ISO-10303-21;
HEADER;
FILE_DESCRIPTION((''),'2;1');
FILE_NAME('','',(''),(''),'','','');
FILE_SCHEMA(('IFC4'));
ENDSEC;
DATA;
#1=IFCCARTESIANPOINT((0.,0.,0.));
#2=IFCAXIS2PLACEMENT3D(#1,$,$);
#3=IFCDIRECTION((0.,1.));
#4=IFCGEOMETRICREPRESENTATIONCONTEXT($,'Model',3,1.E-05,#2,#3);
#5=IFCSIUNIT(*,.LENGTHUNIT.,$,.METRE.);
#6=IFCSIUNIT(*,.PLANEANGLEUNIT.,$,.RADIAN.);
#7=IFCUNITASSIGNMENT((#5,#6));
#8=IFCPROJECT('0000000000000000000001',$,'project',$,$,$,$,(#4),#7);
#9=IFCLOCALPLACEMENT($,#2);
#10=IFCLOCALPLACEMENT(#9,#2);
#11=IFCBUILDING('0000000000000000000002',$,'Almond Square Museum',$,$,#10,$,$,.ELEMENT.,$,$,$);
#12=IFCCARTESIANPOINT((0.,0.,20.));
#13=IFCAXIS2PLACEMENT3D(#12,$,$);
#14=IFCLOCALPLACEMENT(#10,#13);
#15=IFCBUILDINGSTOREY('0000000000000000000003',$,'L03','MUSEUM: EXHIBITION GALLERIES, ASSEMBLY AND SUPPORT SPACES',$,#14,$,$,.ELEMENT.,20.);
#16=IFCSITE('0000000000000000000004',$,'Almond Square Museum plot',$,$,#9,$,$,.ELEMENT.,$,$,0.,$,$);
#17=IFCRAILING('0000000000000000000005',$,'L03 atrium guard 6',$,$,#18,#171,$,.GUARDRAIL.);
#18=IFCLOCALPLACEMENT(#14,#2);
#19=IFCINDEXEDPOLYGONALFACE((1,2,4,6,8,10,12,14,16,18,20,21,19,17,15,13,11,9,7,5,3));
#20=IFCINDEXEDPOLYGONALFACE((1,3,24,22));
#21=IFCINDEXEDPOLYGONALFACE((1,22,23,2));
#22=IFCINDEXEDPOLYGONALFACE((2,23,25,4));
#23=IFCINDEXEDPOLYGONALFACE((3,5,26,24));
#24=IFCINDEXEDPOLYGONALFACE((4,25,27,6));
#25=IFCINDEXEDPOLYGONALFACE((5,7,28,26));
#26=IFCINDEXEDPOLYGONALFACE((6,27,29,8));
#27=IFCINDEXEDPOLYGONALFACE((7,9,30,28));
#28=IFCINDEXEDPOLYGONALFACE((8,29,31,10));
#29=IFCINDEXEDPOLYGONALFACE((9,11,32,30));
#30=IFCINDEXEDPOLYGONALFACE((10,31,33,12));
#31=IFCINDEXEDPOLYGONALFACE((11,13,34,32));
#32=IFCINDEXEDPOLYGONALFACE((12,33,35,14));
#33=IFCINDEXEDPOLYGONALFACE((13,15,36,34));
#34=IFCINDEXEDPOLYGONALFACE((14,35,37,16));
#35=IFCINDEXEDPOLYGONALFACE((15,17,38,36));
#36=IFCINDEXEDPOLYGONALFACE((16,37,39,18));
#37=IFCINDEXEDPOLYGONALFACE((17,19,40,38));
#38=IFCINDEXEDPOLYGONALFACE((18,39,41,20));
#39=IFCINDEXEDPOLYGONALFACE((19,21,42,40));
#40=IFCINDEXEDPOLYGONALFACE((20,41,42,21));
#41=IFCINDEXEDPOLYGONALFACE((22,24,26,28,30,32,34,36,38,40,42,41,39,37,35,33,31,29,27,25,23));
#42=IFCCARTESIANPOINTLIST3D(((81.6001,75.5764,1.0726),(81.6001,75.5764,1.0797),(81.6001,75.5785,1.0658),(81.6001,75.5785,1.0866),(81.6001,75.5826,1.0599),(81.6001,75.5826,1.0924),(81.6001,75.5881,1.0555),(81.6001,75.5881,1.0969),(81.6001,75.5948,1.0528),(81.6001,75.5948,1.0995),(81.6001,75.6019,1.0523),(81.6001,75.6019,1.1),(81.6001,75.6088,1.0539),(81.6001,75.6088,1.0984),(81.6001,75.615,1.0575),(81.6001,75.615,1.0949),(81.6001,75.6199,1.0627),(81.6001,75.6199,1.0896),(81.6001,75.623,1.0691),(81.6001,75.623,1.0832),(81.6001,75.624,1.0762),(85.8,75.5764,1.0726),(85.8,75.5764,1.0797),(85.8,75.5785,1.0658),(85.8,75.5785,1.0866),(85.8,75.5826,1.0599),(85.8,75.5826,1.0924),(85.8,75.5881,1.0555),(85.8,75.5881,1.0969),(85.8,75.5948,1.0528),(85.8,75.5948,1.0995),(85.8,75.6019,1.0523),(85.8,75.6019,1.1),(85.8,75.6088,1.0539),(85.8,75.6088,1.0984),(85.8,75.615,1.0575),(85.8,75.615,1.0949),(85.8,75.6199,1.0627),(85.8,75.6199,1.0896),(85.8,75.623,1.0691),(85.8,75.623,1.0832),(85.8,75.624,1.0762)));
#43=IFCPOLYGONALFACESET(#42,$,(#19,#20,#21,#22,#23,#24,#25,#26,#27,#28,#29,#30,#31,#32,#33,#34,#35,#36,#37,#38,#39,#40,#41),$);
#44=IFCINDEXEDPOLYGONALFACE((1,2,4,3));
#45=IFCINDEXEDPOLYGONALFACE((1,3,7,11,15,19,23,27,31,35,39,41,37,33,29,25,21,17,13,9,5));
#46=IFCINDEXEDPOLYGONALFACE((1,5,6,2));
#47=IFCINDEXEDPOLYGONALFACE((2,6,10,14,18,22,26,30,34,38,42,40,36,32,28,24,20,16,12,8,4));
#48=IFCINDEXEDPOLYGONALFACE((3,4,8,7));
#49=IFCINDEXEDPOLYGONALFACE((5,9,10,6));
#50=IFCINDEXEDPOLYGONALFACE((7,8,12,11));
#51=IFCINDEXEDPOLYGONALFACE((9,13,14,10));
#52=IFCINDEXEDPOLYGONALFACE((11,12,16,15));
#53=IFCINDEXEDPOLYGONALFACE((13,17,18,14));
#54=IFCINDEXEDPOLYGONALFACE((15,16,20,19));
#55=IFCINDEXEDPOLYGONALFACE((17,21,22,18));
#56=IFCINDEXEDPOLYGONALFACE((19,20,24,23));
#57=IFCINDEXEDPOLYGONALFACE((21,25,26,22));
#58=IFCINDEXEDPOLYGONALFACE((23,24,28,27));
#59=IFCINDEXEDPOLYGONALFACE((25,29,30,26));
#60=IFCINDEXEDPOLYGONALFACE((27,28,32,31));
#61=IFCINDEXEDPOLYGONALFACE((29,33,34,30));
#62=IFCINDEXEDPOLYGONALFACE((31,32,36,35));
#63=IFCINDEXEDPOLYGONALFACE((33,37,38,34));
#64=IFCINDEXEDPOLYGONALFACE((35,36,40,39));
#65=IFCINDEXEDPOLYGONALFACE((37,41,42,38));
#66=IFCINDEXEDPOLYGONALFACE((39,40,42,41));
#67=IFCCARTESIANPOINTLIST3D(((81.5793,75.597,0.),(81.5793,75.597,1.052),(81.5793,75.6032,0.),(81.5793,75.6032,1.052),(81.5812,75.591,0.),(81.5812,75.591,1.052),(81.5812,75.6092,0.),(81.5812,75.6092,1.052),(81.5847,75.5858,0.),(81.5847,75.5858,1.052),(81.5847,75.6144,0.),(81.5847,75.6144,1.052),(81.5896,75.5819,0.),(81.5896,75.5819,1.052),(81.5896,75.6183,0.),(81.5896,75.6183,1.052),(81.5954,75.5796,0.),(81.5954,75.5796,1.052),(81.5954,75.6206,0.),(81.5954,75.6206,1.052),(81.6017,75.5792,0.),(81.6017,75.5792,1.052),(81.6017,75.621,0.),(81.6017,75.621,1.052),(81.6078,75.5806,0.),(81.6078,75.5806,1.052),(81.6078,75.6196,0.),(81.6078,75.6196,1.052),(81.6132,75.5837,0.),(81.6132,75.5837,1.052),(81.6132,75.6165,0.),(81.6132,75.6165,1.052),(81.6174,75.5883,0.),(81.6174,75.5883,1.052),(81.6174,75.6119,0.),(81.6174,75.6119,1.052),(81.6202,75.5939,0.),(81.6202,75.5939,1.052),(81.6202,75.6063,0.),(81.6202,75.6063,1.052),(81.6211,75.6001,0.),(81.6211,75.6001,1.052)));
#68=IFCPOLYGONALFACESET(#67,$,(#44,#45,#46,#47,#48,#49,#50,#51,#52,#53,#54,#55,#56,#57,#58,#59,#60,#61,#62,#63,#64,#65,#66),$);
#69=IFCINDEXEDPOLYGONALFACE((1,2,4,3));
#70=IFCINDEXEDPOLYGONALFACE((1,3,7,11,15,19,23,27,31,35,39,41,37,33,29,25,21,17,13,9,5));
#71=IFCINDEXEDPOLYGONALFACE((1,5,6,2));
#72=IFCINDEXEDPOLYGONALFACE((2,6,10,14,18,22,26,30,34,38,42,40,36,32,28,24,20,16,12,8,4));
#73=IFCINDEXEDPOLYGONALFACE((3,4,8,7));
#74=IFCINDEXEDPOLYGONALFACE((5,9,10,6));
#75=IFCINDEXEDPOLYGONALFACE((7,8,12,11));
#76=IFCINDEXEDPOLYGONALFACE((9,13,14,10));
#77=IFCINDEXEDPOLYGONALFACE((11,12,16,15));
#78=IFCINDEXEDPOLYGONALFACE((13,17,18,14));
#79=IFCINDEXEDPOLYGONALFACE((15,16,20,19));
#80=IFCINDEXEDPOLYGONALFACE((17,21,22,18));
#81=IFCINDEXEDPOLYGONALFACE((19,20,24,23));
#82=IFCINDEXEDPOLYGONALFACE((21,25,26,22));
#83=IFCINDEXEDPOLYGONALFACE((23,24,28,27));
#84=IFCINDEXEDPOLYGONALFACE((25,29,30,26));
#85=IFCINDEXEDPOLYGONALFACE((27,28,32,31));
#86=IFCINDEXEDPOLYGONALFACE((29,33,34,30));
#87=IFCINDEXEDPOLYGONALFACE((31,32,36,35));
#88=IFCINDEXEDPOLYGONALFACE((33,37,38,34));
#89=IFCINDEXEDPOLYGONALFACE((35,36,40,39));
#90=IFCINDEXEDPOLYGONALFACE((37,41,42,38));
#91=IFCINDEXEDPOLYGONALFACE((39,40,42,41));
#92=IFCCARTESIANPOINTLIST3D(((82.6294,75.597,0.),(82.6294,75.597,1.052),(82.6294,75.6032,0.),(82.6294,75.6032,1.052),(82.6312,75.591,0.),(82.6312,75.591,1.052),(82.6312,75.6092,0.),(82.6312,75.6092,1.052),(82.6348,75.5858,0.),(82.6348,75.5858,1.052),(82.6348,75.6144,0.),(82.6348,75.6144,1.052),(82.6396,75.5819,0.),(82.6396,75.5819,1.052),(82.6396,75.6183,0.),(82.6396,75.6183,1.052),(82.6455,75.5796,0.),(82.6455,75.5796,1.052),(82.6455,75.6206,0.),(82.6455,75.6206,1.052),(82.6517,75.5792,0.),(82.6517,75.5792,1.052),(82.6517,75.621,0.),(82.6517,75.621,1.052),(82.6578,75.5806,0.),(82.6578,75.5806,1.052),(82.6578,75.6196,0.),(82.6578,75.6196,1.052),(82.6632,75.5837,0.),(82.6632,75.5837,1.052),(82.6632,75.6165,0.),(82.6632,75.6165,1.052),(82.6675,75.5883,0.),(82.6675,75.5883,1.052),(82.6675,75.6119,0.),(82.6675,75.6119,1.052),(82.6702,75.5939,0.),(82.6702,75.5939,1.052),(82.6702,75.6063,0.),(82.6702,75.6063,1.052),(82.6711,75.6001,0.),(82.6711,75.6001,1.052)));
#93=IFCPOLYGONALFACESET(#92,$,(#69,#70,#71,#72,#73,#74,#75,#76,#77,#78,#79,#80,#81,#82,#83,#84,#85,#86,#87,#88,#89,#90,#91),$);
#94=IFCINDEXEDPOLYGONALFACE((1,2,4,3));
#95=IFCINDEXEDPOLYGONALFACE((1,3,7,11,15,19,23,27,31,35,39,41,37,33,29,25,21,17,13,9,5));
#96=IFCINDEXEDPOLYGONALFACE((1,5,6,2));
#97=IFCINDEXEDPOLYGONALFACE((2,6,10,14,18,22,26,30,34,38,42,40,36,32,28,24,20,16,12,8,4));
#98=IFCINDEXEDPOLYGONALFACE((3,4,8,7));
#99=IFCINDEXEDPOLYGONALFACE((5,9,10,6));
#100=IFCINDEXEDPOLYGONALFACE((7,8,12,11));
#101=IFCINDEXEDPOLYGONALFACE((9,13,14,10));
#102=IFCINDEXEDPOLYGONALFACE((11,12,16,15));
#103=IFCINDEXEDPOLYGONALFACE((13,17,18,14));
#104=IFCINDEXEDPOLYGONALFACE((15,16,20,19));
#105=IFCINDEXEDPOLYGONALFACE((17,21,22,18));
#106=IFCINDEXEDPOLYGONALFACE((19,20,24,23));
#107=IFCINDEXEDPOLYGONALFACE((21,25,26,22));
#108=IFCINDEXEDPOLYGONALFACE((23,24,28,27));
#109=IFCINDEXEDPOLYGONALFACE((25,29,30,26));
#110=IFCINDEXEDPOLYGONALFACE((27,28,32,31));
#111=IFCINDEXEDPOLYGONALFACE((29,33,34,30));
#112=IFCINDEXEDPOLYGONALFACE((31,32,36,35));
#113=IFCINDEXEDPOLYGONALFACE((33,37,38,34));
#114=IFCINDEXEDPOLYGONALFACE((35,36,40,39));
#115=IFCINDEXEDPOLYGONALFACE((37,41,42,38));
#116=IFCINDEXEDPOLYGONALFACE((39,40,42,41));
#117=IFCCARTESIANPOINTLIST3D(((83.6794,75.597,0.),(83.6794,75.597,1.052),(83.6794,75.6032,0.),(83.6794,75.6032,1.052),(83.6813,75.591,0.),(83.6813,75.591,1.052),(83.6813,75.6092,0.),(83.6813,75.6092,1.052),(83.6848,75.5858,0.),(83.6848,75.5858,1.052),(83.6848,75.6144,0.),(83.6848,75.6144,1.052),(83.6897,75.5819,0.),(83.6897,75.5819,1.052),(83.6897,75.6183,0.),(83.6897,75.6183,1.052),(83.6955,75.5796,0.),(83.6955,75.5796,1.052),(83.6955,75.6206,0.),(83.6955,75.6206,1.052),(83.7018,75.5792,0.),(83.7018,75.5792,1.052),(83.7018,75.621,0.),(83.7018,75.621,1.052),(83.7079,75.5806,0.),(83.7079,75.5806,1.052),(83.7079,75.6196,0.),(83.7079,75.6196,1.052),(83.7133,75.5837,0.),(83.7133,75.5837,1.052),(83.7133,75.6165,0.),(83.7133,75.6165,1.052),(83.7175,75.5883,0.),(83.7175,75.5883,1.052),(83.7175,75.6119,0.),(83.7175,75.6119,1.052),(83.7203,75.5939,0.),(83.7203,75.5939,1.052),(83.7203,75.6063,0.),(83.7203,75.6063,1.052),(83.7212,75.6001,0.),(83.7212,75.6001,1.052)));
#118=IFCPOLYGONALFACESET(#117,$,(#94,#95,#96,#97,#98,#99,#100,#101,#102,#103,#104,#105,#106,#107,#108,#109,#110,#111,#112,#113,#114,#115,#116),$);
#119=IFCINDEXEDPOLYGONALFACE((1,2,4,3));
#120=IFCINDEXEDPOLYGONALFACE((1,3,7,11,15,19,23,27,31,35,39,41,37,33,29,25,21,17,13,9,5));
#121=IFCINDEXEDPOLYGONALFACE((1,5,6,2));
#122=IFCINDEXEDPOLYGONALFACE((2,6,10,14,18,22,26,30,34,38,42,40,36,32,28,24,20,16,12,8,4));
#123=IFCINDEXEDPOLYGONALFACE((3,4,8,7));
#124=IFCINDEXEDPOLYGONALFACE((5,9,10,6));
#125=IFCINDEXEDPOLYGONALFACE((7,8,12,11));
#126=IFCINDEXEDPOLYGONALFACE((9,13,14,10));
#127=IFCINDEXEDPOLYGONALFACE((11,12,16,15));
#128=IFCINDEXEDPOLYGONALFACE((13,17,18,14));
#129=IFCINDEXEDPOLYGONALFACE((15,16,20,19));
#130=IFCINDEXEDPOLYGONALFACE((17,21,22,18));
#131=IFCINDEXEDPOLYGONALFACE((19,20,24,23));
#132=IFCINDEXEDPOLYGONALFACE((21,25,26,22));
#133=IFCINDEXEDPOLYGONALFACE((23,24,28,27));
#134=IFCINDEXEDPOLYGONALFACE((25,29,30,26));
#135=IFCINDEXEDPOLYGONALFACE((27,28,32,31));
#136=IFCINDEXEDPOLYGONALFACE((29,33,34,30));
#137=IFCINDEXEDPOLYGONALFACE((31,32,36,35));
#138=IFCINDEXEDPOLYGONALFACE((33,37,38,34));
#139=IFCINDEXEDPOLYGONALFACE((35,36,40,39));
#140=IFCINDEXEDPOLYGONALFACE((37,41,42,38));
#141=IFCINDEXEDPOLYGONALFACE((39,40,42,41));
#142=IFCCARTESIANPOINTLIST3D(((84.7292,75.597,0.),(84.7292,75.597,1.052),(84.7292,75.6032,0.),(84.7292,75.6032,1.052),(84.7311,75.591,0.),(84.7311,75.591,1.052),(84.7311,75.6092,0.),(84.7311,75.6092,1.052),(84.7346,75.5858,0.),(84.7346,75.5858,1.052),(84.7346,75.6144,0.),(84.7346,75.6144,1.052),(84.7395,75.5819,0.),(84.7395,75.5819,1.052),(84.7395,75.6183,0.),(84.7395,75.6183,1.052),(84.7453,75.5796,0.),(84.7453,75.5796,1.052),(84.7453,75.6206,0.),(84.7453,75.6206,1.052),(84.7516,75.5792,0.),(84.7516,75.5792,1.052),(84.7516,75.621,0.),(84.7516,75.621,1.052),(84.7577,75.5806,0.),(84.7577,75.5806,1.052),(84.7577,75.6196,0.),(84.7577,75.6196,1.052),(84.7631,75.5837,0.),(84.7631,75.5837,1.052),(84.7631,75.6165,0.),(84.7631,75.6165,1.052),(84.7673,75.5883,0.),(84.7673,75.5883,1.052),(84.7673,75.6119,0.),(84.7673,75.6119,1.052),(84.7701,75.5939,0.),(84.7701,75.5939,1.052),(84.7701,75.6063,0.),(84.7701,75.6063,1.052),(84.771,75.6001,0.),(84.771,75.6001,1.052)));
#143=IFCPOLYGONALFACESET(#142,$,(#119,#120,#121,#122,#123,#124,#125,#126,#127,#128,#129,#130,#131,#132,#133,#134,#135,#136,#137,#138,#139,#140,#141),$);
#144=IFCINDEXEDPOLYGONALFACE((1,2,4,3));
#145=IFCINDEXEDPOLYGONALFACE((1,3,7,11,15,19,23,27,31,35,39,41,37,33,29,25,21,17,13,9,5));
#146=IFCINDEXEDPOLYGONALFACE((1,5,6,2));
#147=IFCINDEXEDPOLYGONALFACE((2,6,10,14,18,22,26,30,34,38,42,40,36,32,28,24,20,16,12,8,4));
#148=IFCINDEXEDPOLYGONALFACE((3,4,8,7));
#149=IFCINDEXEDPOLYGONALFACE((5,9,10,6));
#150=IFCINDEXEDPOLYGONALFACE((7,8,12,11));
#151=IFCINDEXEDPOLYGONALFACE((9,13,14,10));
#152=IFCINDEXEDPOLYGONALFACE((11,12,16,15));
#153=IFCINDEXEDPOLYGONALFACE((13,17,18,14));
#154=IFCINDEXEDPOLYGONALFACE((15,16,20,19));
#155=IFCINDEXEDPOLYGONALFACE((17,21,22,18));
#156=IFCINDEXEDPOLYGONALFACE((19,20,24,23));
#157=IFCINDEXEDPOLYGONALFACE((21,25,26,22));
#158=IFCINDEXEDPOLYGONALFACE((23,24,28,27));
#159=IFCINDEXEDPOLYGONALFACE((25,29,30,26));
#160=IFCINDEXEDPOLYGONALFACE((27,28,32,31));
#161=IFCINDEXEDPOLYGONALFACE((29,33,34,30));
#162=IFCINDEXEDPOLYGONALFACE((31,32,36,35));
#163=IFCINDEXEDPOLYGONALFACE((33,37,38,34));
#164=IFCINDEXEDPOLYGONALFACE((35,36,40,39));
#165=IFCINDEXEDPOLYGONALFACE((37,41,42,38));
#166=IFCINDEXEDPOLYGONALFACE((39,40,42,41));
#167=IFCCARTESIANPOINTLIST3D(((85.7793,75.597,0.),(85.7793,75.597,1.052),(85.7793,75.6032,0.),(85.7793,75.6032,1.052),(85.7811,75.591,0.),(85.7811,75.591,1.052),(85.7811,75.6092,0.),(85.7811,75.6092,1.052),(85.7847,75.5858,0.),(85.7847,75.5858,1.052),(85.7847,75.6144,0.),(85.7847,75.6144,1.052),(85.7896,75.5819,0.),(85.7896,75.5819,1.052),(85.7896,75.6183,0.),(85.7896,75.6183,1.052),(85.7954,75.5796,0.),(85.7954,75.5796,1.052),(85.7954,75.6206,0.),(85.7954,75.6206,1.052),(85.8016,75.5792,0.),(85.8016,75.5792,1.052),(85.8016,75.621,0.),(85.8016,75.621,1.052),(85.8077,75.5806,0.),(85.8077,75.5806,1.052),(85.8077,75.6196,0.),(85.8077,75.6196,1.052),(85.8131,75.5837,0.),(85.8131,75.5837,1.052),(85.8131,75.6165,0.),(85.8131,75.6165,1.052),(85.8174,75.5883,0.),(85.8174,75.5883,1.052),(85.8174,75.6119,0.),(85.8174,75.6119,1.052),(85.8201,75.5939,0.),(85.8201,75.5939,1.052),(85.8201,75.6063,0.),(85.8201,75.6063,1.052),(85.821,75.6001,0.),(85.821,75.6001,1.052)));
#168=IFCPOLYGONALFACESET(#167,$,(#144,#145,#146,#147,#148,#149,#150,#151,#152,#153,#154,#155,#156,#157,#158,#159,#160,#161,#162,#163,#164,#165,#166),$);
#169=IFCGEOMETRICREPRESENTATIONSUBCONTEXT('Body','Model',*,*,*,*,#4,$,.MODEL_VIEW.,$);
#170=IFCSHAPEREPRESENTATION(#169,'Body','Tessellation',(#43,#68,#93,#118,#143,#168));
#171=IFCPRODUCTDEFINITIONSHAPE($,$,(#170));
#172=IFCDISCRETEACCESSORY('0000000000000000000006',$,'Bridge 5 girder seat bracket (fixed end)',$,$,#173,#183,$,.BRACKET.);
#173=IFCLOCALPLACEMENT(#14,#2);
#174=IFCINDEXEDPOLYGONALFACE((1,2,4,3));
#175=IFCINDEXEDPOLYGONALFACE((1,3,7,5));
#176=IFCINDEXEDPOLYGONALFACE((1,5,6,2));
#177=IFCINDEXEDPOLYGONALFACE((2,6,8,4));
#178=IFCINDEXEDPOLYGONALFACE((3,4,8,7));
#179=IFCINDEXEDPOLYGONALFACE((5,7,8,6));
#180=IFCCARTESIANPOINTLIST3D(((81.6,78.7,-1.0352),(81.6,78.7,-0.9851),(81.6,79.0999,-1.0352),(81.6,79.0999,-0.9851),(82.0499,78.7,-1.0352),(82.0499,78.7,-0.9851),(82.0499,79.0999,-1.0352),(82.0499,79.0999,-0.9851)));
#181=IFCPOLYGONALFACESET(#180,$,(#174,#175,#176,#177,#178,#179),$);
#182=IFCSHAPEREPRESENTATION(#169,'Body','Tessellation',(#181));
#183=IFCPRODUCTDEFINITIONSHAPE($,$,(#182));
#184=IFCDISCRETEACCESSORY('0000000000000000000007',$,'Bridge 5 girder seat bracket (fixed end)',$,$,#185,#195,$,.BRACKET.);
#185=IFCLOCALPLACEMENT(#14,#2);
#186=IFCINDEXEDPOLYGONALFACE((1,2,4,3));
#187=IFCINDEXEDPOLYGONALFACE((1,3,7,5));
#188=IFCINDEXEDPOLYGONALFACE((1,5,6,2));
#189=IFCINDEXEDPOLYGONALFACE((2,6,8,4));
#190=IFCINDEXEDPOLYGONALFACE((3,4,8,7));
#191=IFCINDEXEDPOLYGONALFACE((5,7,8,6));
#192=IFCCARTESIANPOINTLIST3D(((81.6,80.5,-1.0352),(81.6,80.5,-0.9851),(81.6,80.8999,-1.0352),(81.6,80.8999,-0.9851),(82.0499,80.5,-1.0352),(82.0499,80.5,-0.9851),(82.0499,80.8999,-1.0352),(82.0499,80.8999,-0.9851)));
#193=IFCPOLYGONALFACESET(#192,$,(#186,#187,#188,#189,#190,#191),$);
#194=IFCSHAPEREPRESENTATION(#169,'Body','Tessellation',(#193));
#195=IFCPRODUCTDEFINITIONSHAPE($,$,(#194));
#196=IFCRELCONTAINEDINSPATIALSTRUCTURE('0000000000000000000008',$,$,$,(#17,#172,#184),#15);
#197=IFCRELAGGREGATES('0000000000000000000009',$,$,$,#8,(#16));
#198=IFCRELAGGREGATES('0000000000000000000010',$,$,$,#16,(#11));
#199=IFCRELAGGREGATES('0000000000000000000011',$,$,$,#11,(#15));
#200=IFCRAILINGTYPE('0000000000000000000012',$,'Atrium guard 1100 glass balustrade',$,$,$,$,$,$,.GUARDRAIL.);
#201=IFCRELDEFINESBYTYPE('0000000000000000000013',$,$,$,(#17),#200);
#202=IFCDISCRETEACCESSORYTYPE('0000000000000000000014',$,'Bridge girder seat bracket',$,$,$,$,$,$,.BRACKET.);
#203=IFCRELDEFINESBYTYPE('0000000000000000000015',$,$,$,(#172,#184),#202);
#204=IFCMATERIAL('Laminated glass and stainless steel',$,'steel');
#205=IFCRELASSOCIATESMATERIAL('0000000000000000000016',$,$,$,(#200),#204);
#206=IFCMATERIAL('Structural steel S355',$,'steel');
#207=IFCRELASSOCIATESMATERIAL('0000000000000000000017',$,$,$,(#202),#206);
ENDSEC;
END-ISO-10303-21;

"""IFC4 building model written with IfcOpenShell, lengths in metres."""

from ifc_helpers import new_model, si_unit, direction, frame, origin, origin_2d, place, context, subcontext, project, spatial, rectangle, circle, extrude, material, type_object, element, save


model = new_model("IFC4")

# Units and contexts
model_context = context("Model", 3, precision=1e-05, world=origin(), true_north=direction((0.0, 1.0)))
body_context = subcontext(model_context, "Body", "Model", "MODEL_VIEW")
ifc_project = project(units=[si_unit("LENGTHUNIT", "METRE"), si_unit("PLANEANGLEUNIT", "RADIAN")], contexts=[model_context])

# Site, building, storey
site_placement = place(None, origin())
site = spatial("IfcSite", under=ifc_project, at=site_placement, Name="Almond Square Museum plot", CompositionType="ELEMENT", RefElevation=0.0)
building_placement = place(site_placement, origin())
building = spatial("IfcBuilding", under=site, at=building_placement, Name="Almond Square Museum", CompositionType="ELEMENT")
storey_placement = place(building_placement, frame((0.0, 0.0, 20.0)))
storey = spatial("IfcBuildingStorey", under=building, at=storey_placement, Name="L03", Description="MUSEUM: EXHIBITION GALLERIES, ASSEMBLY AND SUPPORT SPACES", CompositionType="ELEMENT", Elevation=20.0)

# Railing
ifc_material_1 = material(Name="Laminated glass and stainless steel", Category="steel")
railing_type_1 = type_object("IfcRailingType", Name="Atrium guard 1100 glass balustrade", PredefinedType="GUARDRAIL", material=ifc_material_1)
railing_1_placement = place(storey_placement, frame((81.6001, 75.6001, 0.0)))
element("IfcRailing", 1, at=railing_1_placement, inside=storey, type_object=railing_type_1, Name="L03 atrium guard 6", PredefinedType="GUARDRAIL", context=body_context, shape_type="SweptSolid", body=[
    extrude(circle(Radius=0.0239, at=origin_2d()), frame((0.0, 0.0, 1.0762), z_axis=(1.0, 0.0, 0.0), x_axis=(0.0, 1.0, 0.0)), (0.0, 0.0, 1.0), 4.2),
    extrude(circle(Radius=0.021, at=origin_2d()), origin(), (0.0, 0.0, 1.0), 1.052),
    extrude(circle(Radius=0.021, at=origin_2d()), frame((1.05, 0.0, 0.0)), (0.0, 0.0, 1.0), 1.052),
    extrude(circle(Radius=0.021, at=origin_2d()), frame((2.1001, 0.0, 0.0)), (0.0, 0.0, 1.0), 1.052),
    extrude(circle(Radius=0.021, at=origin_2d()), frame((3.1499, 0.0, 0.0)), (0.0, 0.0, 1.0), 1.052),
    extrude(circle(Radius=0.021, at=origin_2d()), frame((4.2, 0.0, 0.0)), (0.0, 0.0, 1.0), 1.052),
])

# Discrete accessories
ifc_material_2 = material(Name="Structural steel S355", Category="steel")
discrete_accessory_type = type_object("IfcDiscreteAccessoryType", Name="Bridge girder seat bracket", PredefinedType="BRACKET", material=ifc_material_2)
for number, where, z_axis, x_axis, name in (
    (2, (81.825, 78.8999, -1.0352), (0.0, 0.0, 1.0), (1.0, 0.0, 0.0), "Bridge 5 girder seat bracket (fixed end)"),
    (3, (81.825, 80.7, -1.0352), (0.0, 0.0, 1.0), (1.0, 0.0, 0.0), "Bridge 5 girder seat bracket (fixed end)"),
):
    element("IfcDiscreteAccessory", number, at=place(storey_placement, frame(where, z_axis=z_axis, x_axis=x_axis)), inside=storey, type_object=discrete_accessory_type, Name=name, PredefinedType="BRACKET", context=body_context, shape_type="SweptSolid", body=[
        extrude(rectangle(XDim=0.45, YDim=0.3999, at=origin_2d()), origin(), (0.0, 0.0, 1.0), 0.05),
    ])

save(model, "model.ifc")
